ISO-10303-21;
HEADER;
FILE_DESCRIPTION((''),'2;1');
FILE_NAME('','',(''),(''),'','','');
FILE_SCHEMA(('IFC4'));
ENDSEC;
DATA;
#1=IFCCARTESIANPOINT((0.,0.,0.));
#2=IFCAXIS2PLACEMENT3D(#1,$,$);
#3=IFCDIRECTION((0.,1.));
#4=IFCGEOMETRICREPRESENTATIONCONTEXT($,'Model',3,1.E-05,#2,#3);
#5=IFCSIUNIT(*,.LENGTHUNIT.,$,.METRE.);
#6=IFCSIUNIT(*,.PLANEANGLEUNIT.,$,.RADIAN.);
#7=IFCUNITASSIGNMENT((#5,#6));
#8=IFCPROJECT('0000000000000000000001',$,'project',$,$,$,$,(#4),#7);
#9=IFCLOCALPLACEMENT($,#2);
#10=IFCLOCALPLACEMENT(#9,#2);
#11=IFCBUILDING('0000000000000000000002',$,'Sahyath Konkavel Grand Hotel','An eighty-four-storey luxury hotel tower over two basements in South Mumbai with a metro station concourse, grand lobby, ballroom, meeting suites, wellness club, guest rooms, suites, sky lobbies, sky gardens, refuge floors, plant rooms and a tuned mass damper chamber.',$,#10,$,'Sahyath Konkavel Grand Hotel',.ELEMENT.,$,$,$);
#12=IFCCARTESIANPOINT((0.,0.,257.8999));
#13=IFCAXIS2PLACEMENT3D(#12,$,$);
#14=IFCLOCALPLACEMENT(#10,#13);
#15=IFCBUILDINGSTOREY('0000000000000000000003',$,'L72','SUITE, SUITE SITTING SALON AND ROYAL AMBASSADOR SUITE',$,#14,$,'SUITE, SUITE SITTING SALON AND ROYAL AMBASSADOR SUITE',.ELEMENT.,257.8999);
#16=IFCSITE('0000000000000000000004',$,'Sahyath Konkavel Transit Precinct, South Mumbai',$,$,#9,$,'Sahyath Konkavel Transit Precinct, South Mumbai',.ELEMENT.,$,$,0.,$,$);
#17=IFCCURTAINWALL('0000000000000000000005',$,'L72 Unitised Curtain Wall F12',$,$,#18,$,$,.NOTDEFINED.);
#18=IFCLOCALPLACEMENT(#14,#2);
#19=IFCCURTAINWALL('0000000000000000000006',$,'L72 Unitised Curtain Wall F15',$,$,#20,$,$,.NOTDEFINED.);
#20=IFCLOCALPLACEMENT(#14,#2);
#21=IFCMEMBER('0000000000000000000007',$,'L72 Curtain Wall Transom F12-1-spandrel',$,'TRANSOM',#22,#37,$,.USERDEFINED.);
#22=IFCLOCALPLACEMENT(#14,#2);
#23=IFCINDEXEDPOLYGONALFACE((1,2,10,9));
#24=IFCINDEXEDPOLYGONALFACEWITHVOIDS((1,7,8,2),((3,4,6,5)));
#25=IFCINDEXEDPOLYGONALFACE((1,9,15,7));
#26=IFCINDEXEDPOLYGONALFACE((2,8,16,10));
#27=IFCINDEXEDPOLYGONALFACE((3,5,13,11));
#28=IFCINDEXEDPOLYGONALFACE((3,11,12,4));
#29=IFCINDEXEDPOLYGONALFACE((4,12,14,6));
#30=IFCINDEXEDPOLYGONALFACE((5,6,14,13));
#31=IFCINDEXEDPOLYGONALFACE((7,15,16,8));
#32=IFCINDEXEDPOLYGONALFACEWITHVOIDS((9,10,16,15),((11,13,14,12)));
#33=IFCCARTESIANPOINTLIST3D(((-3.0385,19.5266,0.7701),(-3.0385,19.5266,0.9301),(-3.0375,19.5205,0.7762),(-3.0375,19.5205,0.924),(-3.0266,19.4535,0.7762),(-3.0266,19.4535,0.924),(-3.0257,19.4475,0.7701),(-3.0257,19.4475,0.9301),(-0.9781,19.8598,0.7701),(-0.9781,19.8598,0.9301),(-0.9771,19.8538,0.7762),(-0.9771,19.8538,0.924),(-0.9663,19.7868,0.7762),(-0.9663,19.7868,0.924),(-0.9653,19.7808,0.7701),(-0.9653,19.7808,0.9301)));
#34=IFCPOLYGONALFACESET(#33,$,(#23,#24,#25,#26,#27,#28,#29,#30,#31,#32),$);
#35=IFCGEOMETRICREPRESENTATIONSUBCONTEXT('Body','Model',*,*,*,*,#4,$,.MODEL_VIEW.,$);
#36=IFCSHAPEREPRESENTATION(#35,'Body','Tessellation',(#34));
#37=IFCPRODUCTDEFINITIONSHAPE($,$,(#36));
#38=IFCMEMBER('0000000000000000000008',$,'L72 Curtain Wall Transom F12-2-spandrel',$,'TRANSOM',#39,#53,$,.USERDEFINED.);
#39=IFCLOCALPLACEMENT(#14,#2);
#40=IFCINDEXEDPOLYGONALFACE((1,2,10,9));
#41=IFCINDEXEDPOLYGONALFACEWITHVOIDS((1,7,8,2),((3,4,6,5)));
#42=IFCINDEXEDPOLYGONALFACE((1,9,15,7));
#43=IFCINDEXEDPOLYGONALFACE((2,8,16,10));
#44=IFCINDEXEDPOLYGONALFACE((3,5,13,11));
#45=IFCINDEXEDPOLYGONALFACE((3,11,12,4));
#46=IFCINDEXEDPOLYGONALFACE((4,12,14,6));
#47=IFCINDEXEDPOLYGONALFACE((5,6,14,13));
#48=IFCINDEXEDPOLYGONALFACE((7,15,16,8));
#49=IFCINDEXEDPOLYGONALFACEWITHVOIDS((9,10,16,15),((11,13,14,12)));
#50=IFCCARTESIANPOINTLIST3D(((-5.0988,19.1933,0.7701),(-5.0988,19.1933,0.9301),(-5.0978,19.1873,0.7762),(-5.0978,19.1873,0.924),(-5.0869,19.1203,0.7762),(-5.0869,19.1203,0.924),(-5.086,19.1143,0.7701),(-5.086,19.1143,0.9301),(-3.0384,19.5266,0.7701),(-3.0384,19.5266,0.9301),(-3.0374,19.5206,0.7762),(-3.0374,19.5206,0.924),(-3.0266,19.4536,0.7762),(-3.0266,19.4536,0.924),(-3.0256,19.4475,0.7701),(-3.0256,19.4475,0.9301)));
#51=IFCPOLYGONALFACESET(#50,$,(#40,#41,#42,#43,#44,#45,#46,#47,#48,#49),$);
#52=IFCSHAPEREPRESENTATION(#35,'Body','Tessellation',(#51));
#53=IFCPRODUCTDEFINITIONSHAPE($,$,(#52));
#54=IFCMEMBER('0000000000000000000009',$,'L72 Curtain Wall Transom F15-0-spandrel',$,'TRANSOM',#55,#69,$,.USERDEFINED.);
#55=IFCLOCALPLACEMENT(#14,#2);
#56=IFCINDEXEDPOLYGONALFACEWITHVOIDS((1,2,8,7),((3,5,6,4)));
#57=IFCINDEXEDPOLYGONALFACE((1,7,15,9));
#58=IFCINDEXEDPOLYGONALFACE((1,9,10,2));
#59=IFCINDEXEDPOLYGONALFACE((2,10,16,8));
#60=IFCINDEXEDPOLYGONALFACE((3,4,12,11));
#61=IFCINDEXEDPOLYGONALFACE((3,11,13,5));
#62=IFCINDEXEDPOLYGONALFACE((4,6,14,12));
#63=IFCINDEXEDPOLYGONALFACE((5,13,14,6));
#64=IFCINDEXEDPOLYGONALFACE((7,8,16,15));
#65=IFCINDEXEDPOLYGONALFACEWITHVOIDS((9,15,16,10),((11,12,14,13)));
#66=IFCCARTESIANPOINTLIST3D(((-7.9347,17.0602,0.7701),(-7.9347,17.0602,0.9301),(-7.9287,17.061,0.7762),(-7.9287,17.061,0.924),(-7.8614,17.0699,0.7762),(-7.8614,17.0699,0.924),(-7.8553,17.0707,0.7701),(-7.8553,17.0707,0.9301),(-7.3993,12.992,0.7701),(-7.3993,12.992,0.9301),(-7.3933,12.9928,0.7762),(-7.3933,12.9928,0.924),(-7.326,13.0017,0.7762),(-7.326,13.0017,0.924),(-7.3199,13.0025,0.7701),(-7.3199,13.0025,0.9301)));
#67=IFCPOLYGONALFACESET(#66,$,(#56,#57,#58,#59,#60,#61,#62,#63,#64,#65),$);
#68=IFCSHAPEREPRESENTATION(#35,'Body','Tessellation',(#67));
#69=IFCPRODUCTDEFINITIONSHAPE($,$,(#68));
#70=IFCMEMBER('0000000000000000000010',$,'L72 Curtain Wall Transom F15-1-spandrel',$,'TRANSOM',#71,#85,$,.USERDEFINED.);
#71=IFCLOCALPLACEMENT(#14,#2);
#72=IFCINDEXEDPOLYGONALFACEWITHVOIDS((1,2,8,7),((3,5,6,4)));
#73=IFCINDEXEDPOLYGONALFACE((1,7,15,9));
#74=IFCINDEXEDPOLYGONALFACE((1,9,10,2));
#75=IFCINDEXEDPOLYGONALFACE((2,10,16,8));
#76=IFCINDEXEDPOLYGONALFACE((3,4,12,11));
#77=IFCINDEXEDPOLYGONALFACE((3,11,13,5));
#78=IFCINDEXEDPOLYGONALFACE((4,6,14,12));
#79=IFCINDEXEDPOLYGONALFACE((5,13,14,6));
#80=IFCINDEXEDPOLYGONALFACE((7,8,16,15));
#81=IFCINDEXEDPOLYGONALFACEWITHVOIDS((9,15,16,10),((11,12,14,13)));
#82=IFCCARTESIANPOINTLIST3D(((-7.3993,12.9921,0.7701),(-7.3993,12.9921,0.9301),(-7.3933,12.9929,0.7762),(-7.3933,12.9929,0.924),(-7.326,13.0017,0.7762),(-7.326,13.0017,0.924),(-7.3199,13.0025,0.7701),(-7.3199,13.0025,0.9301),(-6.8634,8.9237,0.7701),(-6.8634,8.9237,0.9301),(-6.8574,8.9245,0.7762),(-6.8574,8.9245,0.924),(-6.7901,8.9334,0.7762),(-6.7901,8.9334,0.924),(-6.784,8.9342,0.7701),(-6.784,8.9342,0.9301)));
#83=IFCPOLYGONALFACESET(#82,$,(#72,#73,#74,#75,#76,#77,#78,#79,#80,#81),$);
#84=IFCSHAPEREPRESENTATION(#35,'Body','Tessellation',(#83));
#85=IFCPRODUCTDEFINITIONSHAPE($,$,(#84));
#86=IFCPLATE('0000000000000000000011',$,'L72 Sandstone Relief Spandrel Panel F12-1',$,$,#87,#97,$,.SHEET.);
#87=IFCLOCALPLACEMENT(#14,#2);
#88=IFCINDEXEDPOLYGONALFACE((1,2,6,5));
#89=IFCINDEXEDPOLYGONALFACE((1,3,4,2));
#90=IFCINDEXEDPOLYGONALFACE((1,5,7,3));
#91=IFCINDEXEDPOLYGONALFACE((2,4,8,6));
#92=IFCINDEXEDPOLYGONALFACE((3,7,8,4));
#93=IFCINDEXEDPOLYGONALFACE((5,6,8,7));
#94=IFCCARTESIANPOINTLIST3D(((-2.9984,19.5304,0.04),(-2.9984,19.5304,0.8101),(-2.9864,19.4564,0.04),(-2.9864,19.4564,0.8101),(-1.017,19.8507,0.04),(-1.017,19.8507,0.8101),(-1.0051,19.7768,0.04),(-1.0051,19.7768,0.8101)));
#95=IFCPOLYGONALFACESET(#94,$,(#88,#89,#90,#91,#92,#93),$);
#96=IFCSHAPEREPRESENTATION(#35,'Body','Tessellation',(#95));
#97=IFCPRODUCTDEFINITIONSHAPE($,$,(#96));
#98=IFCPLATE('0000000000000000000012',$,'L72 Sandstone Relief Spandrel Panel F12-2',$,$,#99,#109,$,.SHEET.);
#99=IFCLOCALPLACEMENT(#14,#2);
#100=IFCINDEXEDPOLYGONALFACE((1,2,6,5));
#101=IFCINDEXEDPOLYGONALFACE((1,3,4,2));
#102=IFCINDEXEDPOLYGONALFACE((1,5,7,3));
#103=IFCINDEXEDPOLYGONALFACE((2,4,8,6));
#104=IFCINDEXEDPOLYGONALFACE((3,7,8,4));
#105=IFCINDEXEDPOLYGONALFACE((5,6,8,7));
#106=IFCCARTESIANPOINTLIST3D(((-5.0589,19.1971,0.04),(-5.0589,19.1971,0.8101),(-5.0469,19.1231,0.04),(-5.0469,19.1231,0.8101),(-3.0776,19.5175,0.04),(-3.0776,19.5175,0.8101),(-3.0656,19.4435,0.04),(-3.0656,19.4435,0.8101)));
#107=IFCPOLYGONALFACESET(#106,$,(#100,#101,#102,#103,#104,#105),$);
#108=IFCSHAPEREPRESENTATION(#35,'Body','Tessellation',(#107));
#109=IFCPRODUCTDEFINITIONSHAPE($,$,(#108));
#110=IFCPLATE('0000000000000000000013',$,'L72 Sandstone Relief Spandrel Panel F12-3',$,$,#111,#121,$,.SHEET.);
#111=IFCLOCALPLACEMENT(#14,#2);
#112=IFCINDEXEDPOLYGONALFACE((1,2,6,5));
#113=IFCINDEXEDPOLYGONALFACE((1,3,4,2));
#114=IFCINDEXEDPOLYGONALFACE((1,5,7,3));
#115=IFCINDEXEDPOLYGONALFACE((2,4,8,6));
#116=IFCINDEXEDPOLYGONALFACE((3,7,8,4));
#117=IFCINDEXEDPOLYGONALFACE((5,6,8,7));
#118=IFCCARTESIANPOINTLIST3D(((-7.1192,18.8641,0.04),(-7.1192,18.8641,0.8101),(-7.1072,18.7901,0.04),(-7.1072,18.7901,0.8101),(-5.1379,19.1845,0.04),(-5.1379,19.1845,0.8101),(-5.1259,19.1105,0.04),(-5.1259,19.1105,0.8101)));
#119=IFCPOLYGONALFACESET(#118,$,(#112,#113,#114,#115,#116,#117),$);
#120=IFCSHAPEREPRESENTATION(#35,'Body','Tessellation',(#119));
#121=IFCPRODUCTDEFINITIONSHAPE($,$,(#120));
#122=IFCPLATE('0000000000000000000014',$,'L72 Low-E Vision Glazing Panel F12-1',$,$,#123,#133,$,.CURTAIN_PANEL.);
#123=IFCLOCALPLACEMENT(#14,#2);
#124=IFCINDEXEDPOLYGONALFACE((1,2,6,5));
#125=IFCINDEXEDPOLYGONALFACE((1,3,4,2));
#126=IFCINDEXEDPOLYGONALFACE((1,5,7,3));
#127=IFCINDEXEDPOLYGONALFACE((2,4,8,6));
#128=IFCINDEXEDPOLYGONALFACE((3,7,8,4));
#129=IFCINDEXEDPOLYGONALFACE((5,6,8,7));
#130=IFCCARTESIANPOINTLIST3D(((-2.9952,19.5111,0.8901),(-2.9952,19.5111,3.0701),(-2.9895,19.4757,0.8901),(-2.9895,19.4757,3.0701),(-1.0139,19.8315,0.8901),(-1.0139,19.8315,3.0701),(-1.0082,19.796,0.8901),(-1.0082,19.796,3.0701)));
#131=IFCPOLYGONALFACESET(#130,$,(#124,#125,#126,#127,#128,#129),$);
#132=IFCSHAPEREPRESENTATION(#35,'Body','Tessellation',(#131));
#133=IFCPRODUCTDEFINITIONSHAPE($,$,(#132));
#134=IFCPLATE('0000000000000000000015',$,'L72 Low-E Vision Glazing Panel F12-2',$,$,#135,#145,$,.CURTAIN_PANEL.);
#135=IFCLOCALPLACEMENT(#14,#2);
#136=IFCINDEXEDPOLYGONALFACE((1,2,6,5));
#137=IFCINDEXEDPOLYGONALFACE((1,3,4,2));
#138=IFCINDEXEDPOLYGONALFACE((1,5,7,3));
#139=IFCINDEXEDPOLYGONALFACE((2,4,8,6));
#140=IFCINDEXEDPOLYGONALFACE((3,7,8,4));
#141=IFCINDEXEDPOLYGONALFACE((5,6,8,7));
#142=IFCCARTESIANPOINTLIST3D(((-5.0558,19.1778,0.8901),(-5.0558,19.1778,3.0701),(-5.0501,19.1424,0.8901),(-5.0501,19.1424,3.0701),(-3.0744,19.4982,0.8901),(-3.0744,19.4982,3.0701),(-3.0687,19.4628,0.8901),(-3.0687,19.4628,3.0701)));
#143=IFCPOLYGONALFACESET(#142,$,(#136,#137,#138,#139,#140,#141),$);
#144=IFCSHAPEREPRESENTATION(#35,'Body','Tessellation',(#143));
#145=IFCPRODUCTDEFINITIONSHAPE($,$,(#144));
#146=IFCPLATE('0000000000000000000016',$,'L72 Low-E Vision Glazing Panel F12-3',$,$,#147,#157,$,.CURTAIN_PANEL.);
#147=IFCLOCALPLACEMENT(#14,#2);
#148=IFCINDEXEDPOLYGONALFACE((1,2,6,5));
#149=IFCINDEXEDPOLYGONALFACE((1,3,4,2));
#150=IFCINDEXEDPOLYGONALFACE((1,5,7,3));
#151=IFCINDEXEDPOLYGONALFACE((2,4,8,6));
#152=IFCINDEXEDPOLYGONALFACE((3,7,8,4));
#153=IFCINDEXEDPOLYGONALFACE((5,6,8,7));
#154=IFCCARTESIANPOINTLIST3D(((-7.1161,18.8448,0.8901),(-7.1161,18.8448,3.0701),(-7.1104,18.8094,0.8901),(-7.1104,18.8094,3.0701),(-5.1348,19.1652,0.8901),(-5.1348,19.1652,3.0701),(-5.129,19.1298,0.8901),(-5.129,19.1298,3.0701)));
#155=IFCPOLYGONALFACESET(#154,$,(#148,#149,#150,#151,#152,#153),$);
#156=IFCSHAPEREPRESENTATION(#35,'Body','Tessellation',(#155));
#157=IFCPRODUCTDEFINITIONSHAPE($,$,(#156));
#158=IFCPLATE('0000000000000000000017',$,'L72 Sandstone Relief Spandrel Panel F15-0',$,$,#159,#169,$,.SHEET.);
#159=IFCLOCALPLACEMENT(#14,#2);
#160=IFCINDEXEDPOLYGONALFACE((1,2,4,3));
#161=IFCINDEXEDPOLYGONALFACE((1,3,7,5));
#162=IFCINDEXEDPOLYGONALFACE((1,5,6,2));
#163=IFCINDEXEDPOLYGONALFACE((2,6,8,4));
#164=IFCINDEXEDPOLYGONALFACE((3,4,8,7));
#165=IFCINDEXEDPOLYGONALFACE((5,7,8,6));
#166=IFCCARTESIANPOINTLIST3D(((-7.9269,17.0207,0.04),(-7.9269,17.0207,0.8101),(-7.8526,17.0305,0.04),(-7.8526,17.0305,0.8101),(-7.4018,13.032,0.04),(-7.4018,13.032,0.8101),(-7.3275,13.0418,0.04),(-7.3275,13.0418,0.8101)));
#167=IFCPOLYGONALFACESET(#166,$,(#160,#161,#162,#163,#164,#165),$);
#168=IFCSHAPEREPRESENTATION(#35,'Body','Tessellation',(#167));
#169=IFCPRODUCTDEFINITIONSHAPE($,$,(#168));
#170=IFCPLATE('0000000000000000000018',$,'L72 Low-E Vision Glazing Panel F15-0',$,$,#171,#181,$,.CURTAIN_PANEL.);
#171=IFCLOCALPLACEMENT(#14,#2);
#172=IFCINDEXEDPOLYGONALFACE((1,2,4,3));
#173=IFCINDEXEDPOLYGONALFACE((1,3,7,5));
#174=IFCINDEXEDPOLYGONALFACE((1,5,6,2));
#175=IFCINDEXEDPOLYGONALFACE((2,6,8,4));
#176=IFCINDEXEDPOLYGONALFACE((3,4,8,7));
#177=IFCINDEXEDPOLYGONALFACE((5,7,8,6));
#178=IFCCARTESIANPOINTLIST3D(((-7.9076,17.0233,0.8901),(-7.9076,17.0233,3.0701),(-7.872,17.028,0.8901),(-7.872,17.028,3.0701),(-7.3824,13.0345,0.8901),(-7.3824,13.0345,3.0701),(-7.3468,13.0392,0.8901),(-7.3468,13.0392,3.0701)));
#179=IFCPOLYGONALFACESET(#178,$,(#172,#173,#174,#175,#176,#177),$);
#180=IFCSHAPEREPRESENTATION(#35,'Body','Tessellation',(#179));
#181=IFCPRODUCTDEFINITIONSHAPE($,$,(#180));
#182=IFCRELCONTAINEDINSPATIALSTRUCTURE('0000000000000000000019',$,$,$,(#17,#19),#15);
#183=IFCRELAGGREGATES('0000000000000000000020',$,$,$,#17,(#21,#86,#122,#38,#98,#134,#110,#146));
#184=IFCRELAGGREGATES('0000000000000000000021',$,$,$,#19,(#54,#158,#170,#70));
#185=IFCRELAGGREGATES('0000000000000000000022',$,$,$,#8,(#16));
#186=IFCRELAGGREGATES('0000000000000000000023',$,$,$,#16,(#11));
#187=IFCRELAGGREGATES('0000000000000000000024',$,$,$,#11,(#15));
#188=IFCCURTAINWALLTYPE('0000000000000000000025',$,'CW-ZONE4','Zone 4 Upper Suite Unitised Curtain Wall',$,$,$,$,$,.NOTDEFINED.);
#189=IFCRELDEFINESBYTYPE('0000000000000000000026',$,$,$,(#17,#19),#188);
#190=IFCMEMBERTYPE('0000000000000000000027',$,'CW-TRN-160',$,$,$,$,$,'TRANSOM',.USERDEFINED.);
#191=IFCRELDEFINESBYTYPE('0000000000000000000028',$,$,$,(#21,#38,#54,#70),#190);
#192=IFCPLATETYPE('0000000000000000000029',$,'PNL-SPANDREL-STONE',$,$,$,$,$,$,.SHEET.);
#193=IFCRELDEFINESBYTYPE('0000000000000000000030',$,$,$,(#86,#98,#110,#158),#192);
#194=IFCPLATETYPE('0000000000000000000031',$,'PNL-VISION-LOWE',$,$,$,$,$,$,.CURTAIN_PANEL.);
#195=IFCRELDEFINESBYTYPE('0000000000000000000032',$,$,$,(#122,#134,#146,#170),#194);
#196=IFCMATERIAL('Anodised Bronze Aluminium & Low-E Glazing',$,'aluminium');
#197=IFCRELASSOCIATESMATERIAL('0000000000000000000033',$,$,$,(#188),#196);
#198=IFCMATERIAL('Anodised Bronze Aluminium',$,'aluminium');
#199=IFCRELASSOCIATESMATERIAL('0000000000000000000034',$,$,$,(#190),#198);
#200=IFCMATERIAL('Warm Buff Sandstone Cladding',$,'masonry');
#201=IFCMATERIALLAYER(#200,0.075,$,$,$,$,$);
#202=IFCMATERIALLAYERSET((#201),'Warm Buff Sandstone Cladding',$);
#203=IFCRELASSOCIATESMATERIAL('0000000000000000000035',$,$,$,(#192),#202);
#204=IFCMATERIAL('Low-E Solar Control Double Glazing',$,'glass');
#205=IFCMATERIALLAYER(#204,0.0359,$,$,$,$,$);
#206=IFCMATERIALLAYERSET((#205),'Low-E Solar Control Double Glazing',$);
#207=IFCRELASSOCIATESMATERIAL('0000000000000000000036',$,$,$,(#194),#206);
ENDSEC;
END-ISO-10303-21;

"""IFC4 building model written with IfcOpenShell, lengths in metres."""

from ifc_helpers import new_model, si_unit, direction, frame, origin, origin_2d, place, context, subcontext, project, spatial, rectangle, hollow_rectangle, extrude, source, transform, mapped, material, layer, layer_set, material_profile, profile_set, type_object, element, aggregate, save


model = new_model("IFC4")

# Units and contexts
model_context = context("Model", 3, precision=1e-05, world=origin(), true_north=direction((0.0, 1.0)))
body_context = subcontext(model_context, "Body", "Model", "MODEL_VIEW")
ifc_project = project(units=[si_unit("LENGTHUNIT", "METRE"), si_unit("PLANEANGLEUNIT", "RADIAN")], contexts=[model_context])

# Site, building, storey
site_placement = place(None, origin())
site = spatial("IfcSite", under=ifc_project, at=site_placement, Name="Sahyath Konkavel Transit Precinct, South Mumbai", LongName="Sahyath Konkavel Transit Precinct, South Mumbai", CompositionType="ELEMENT", RefElevation=0.0)
building_placement = place(site_placement, origin())
building = spatial("IfcBuilding", under=site, at=building_placement, Name="Sahyath Konkavel Grand Hotel", Description="An eighty-four-storey luxury hotel tower over two basements in South Mumbai with a metro station concourse, grand lobby, ballroom, meeting suites, wellness club, guest rooms, suites, sky lobbies, sky gardens, refuge floors, plant rooms and a tuned mass damper chamber.", LongName="Sahyath Konkavel Grand Hotel", CompositionType="ELEMENT")
storey_placement = place(building_placement, frame((0.0, 0.0, 257.8999)))
storey = spatial("IfcBuildingStorey", under=building, at=storey_placement, Name="L72", Description="SUITE, SUITE SITTING SALON AND ROYAL AMBASSADOR SUITE", LongName="SUITE, SUITE SITTING SALON AND ROYAL AMBASSADOR SUITE", CompositionType="ELEMENT", Elevation=257.8999)

# Curtain wall
ifc_material_1 = material(Name="Anodised Bronze Aluminium & Low-E Glazing", Category="aluminium")
curtain_wall_type = type_object("IfcCurtainWallType", Name="CW-ZONE4", Description="Zone 4 Upper Suite Unitised Curtain Wall", PredefinedType="NOTDEFINED", material=ifc_material_1)
curtain_wall_1_placement = place(storey_placement, origin())
curtain_wall_1 = element("IfcCurtainWall", 1, at=curtain_wall_1_placement, inside=storey, type_object=curtain_wall_type, Name="L72 Unitised Curtain Wall F12", PredefinedType="NOTDEFINED")
ifc_material_2 = material(Name="Anodised Bronze Aluminium", Category="aluminium")

# Curtain wall
curtain_wall_2_placement = place(storey_placement, origin())
curtain_wall_2 = element("IfcCurtainWall", 2, at=curtain_wall_2_placement, inside=storey, type_object=curtain_wall_type, Name="L72 Unitised Curtain Wall F15", PredefinedType="NOTDEFINED")

# Members
ifc_material_profile_1 = material_profile(ifc_material_2, hollow_rectangle(XDim=0.0801, YDim=0.1599, WallThickness=0.0061, at=origin_2d()), Name="RHS 160x80x6")
ifc_profile_set_1 = profile_set([ifc_material_profile_1], Name="Anodised Bronze Aluminium")
member_type_1 = type_object("IfcMemberType", Name="CW-TRN-160", ElementType="TRANSOM", PredefinedType="USERDEFINED", material=ifc_profile_set_1)
shared_shape_1 = source(origin(), body_context, "Body", "SweptSolid", [
    extrude(hollow_rectangle(XDim=0.0801, YDim=0.1599, WallThickness=0.0061, at=origin_2d()), origin(), (0.0, 0.0, 1.0), 2.0872),
])
member_1_placement = place(storey_placement, frame((-0.9717, 19.8203, 0.8501), z_axis=(-0.98717, -0.159674, 0.0), x_axis=(0.159674, -0.98717, 0.0)))
member_1 = element("IfcMember", 3, at=member_1_placement, type_object=member_type_1, Name="L72 Curtain Wall Transom F12-1-spandrel", ObjectType="TRANSOM", PredefinedType="USERDEFINED", context=body_context, shape_type="MappedRepresentation", body=[
    mapped(shared_shape_1, transform((0.0, 0.0, 0.0), scale=1.0)),
])
member_2_placement = place(storey_placement, frame((-3.032, 19.4871, 0.8501), z_axis=(-0.98717, -0.159674, 0.0), x_axis=(0.159674, -0.98717, 0.0)))
member_2 = element("IfcMember", 4, at=member_2_placement, type_object=member_type_1, Name="L72 Curtain Wall Transom F12-2-spandrel", ObjectType="TRANSOM", PredefinedType="USERDEFINED", context=body_context, shape_type="MappedRepresentation", body=[
    mapped(shared_shape_1, transform((0.0, 0.0, 0.0), scale=1.0)),
])
shared_shape_2 = source(origin(), body_context, "Body", "SweptSolid", [
    extrude(hollow_rectangle(XDim=0.0801, YDim=0.1599, WallThickness=0.0061, at=origin_2d()), origin(), (0.0, 0.0, 1.0), 4.1033),
])
member_3_placement = place(storey_placement, frame((-7.895, 17.0654, 0.8501), z_axis=(0.130484, -0.99145, 0.0), x_axis=(0.99145, 0.130484, 0.0)))
member_3 = element("IfcMember", 5, at=member_3_placement, type_object=member_type_1, Name="L72 Curtain Wall Transom F15-0-spandrel", ObjectType="TRANSOM", PredefinedType="USERDEFINED", context=body_context, shape_type="MappedRepresentation", body=[
    mapped(shared_shape_2, transform((0.0, 0.0, 0.0), scale=1.0)),
])
shared_shape_3 = source(origin(), body_context, "Body", "SweptSolid", [
    extrude(hollow_rectangle(XDim=0.0801, YDim=0.1599, WallThickness=0.0061, at=origin_2d()), origin(), (0.0, 0.0, 1.0), 4.1035),
])
member_4_placement = place(storey_placement, frame((-7.3596, 12.9973, 0.8501), z_axis=(0.130593, -0.991436, 0.0), x_axis=(0.991436, 0.130593, 0.0)))
member_4 = element("IfcMember", 6, at=member_4_placement, type_object=member_type_1, Name="L72 Curtain Wall Transom F15-1-spandrel", ObjectType="TRANSOM", PredefinedType="USERDEFINED", context=body_context, shape_type="MappedRepresentation", body=[
    mapped(shared_shape_3, transform((0.0, 0.0, 0.0), scale=1.0)),
])

# Plates
ifc_material_3 = material(Name="Warm Buff Sandstone Cladding", Category="masonry")
ifc_layer_1 = layer(ifc_material_3, 0.075)
ifc_layer_set_1 = layer_set([ifc_layer_1], Name="Warm Buff Sandstone Cladding")
plate_type_1 = type_object("IfcPlateType", Name="PNL-SPANDREL-STONE", PredefinedType="SHEET", material=ifc_layer_set_1)
shared_shape_4 = source(origin(), body_context, "Body", "SweptSolid", [
    extrude(rectangle(XDim=2.0071, YDim=0.075, at=origin_2d()), origin(), (0.0, 0.0, 1.0), 0.77),
])
plate_1_placement = place(storey_placement, frame((-2.0017, 19.6536, 0.04), z_axis=(0.0, 0.0, 1.0), x_axis=(-0.987178, -0.159623, 0.0)))
plate_1 = element("IfcPlate", 7, at=plate_1_placement, type_object=plate_type_1, Name="L72 Sandstone Relief Spandrel Panel F12-1", PredefinedType="SHEET", context=body_context, shape_type="MappedRepresentation", body=[
    mapped(shared_shape_4, transform((0.0, 0.0, 0.0), scale=1.0)),
])
plate_2_placement = place(storey_placement, frame((-4.0623, 19.3203, 0.04), z_axis=(0.0, 0.0, 1.0), x_axis=(-0.987178, -0.159623, 0.0)))
plate_2 = element("IfcPlate", 8, at=plate_2_placement, type_object=plate_type_1, Name="L72 Sandstone Relief Spandrel Panel F12-2", PredefinedType="SHEET", context=body_context, shape_type="MappedRepresentation", body=[
    mapped(shared_shape_4, transform((0.0, 0.0, 0.0), scale=1.0)),
])
plate_3_placement = place(storey_placement, frame((-6.1226, 18.9873, 0.04), z_axis=(0.0, 0.0, 1.0), x_axis=(-0.987178, -0.159623, 0.0)))
plate_3 = element("IfcPlate", 9, at=plate_3_placement, type_object=plate_type_1, Name="L72 Sandstone Relief Spandrel Panel F12-3", PredefinedType="SHEET", context=body_context, shape_type="MappedRepresentation", body=[
    mapped(shared_shape_4, transform((0.0, 0.0, 0.0), scale=1.0)),
])
ifc_material_4 = material(Name="Low-E Solar Control Double Glazing", Category="glass")
ifc_layer_2 = layer(ifc_material_4, 0.0359)
ifc_layer_set_2 = layer_set([ifc_layer_2], Name="Low-E Solar Control Double Glazing")
plate_type_2 = type_object("IfcPlateType", Name="PNL-VISION-LOWE", PredefinedType="CURTAIN_PANEL", material=ifc_layer_set_2)
shared_shape_5 = source(origin(), body_context, "Body", "SweptSolid", [
    extrude(rectangle(XDim=2.0071, YDim=0.0359, at=origin_2d()), origin(), (0.0, 0.0, 1.0), 2.1799),
])
plate_4_placement = place(storey_placement, frame((-2.0017, 19.6536, 0.8901), z_axis=(0.0, 0.0, 1.0), x_axis=(-0.987178, -0.159623, 0.0)))
plate_4 = element("IfcPlate", 10, at=plate_4_placement, type_object=plate_type_2, Name="L72 Low-E Vision Glazing Panel F12-1", PredefinedType="CURTAIN_PANEL", context=body_context, shape_type="MappedRepresentation", body=[
    mapped(shared_shape_5, transform((0.0, 0.0, 0.0), scale=1.0)),
])
plate_5_placement = place(storey_placement, frame((-4.0623, 19.3203, 0.8901), z_axis=(0.0, 0.0, 1.0), x_axis=(-0.987178, -0.159623, 0.0)))
plate_5 = element("IfcPlate", 11, at=plate_5_placement, type_object=plate_type_2, Name="L72 Low-E Vision Glazing Panel F12-2", PredefinedType="CURTAIN_PANEL", context=body_context, shape_type="MappedRepresentation", body=[
    mapped(shared_shape_5, transform((0.0, 0.0, 0.0), scale=1.0)),
])
plate_6_placement = place(storey_placement, frame((-6.1226, 18.9873, 0.8901), z_axis=(0.0, 0.0, 1.0), x_axis=(-0.987178, -0.159623, 0.0)))
plate_6 = element("IfcPlate", 12, at=plate_6_placement, type_object=plate_type_2, Name="L72 Low-E Vision Glazing Panel F12-3", PredefinedType="CURTAIN_PANEL", context=body_context, shape_type="MappedRepresentation", body=[
    mapped(shared_shape_5, transform((0.0, 0.0, 0.0), scale=1.0)),
])
aggregate(curtain_wall_1, [member_1, plate_1, plate_4, member_2, plate_2, plate_5, plate_3, plate_6])
shared_shape_6 = source(origin(), body_context, "Body", "SweptSolid", [
    extrude(rectangle(XDim=4.0232, YDim=0.075, at=origin_2d()), origin(), (0.0, 0.0, 1.0), 0.77),
])
plate_7_placement = place(storey_placement, frame((-7.6272, 15.0312, 0.04), z_axis=(0.0, 0.0, 1.0), x_axis=(0.130526, -0.991445, 0.0)))
plate_7 = element("IfcPlate", 13, at=plate_7_placement, type_object=plate_type_1, Name="L72 Sandstone Relief Spandrel Panel F15-0", PredefinedType="SHEET", context=body_context, shape_type="MappedRepresentation", body=[
    mapped(shared_shape_6, transform((0.0, 0.0, 0.0), scale=1.0)),
])
shared_shape_7 = source(origin(), body_context, "Body", "SweptSolid", [
    extrude(rectangle(XDim=4.0232, YDim=0.0359, at=origin_2d()), origin(), (0.0, 0.0, 1.0), 2.1799),
])
plate_8_placement = place(storey_placement, frame((-7.6272, 15.0312, 0.8901), z_axis=(0.0, 0.0, 1.0), x_axis=(0.130526, -0.991445, 0.0)))
plate_8 = element("IfcPlate", 14, at=plate_8_placement, type_object=plate_type_2, Name="L72 Low-E Vision Glazing Panel F15-0", PredefinedType="CURTAIN_PANEL", context=body_context, shape_type="MappedRepresentation", body=[
    mapped(shared_shape_7, transform((0.0, 0.0, 0.0), scale=1.0)),
])
aggregate(curtain_wall_2, [member_3, plate_7, plate_8, member_4])

save(model, "model.ifc")
